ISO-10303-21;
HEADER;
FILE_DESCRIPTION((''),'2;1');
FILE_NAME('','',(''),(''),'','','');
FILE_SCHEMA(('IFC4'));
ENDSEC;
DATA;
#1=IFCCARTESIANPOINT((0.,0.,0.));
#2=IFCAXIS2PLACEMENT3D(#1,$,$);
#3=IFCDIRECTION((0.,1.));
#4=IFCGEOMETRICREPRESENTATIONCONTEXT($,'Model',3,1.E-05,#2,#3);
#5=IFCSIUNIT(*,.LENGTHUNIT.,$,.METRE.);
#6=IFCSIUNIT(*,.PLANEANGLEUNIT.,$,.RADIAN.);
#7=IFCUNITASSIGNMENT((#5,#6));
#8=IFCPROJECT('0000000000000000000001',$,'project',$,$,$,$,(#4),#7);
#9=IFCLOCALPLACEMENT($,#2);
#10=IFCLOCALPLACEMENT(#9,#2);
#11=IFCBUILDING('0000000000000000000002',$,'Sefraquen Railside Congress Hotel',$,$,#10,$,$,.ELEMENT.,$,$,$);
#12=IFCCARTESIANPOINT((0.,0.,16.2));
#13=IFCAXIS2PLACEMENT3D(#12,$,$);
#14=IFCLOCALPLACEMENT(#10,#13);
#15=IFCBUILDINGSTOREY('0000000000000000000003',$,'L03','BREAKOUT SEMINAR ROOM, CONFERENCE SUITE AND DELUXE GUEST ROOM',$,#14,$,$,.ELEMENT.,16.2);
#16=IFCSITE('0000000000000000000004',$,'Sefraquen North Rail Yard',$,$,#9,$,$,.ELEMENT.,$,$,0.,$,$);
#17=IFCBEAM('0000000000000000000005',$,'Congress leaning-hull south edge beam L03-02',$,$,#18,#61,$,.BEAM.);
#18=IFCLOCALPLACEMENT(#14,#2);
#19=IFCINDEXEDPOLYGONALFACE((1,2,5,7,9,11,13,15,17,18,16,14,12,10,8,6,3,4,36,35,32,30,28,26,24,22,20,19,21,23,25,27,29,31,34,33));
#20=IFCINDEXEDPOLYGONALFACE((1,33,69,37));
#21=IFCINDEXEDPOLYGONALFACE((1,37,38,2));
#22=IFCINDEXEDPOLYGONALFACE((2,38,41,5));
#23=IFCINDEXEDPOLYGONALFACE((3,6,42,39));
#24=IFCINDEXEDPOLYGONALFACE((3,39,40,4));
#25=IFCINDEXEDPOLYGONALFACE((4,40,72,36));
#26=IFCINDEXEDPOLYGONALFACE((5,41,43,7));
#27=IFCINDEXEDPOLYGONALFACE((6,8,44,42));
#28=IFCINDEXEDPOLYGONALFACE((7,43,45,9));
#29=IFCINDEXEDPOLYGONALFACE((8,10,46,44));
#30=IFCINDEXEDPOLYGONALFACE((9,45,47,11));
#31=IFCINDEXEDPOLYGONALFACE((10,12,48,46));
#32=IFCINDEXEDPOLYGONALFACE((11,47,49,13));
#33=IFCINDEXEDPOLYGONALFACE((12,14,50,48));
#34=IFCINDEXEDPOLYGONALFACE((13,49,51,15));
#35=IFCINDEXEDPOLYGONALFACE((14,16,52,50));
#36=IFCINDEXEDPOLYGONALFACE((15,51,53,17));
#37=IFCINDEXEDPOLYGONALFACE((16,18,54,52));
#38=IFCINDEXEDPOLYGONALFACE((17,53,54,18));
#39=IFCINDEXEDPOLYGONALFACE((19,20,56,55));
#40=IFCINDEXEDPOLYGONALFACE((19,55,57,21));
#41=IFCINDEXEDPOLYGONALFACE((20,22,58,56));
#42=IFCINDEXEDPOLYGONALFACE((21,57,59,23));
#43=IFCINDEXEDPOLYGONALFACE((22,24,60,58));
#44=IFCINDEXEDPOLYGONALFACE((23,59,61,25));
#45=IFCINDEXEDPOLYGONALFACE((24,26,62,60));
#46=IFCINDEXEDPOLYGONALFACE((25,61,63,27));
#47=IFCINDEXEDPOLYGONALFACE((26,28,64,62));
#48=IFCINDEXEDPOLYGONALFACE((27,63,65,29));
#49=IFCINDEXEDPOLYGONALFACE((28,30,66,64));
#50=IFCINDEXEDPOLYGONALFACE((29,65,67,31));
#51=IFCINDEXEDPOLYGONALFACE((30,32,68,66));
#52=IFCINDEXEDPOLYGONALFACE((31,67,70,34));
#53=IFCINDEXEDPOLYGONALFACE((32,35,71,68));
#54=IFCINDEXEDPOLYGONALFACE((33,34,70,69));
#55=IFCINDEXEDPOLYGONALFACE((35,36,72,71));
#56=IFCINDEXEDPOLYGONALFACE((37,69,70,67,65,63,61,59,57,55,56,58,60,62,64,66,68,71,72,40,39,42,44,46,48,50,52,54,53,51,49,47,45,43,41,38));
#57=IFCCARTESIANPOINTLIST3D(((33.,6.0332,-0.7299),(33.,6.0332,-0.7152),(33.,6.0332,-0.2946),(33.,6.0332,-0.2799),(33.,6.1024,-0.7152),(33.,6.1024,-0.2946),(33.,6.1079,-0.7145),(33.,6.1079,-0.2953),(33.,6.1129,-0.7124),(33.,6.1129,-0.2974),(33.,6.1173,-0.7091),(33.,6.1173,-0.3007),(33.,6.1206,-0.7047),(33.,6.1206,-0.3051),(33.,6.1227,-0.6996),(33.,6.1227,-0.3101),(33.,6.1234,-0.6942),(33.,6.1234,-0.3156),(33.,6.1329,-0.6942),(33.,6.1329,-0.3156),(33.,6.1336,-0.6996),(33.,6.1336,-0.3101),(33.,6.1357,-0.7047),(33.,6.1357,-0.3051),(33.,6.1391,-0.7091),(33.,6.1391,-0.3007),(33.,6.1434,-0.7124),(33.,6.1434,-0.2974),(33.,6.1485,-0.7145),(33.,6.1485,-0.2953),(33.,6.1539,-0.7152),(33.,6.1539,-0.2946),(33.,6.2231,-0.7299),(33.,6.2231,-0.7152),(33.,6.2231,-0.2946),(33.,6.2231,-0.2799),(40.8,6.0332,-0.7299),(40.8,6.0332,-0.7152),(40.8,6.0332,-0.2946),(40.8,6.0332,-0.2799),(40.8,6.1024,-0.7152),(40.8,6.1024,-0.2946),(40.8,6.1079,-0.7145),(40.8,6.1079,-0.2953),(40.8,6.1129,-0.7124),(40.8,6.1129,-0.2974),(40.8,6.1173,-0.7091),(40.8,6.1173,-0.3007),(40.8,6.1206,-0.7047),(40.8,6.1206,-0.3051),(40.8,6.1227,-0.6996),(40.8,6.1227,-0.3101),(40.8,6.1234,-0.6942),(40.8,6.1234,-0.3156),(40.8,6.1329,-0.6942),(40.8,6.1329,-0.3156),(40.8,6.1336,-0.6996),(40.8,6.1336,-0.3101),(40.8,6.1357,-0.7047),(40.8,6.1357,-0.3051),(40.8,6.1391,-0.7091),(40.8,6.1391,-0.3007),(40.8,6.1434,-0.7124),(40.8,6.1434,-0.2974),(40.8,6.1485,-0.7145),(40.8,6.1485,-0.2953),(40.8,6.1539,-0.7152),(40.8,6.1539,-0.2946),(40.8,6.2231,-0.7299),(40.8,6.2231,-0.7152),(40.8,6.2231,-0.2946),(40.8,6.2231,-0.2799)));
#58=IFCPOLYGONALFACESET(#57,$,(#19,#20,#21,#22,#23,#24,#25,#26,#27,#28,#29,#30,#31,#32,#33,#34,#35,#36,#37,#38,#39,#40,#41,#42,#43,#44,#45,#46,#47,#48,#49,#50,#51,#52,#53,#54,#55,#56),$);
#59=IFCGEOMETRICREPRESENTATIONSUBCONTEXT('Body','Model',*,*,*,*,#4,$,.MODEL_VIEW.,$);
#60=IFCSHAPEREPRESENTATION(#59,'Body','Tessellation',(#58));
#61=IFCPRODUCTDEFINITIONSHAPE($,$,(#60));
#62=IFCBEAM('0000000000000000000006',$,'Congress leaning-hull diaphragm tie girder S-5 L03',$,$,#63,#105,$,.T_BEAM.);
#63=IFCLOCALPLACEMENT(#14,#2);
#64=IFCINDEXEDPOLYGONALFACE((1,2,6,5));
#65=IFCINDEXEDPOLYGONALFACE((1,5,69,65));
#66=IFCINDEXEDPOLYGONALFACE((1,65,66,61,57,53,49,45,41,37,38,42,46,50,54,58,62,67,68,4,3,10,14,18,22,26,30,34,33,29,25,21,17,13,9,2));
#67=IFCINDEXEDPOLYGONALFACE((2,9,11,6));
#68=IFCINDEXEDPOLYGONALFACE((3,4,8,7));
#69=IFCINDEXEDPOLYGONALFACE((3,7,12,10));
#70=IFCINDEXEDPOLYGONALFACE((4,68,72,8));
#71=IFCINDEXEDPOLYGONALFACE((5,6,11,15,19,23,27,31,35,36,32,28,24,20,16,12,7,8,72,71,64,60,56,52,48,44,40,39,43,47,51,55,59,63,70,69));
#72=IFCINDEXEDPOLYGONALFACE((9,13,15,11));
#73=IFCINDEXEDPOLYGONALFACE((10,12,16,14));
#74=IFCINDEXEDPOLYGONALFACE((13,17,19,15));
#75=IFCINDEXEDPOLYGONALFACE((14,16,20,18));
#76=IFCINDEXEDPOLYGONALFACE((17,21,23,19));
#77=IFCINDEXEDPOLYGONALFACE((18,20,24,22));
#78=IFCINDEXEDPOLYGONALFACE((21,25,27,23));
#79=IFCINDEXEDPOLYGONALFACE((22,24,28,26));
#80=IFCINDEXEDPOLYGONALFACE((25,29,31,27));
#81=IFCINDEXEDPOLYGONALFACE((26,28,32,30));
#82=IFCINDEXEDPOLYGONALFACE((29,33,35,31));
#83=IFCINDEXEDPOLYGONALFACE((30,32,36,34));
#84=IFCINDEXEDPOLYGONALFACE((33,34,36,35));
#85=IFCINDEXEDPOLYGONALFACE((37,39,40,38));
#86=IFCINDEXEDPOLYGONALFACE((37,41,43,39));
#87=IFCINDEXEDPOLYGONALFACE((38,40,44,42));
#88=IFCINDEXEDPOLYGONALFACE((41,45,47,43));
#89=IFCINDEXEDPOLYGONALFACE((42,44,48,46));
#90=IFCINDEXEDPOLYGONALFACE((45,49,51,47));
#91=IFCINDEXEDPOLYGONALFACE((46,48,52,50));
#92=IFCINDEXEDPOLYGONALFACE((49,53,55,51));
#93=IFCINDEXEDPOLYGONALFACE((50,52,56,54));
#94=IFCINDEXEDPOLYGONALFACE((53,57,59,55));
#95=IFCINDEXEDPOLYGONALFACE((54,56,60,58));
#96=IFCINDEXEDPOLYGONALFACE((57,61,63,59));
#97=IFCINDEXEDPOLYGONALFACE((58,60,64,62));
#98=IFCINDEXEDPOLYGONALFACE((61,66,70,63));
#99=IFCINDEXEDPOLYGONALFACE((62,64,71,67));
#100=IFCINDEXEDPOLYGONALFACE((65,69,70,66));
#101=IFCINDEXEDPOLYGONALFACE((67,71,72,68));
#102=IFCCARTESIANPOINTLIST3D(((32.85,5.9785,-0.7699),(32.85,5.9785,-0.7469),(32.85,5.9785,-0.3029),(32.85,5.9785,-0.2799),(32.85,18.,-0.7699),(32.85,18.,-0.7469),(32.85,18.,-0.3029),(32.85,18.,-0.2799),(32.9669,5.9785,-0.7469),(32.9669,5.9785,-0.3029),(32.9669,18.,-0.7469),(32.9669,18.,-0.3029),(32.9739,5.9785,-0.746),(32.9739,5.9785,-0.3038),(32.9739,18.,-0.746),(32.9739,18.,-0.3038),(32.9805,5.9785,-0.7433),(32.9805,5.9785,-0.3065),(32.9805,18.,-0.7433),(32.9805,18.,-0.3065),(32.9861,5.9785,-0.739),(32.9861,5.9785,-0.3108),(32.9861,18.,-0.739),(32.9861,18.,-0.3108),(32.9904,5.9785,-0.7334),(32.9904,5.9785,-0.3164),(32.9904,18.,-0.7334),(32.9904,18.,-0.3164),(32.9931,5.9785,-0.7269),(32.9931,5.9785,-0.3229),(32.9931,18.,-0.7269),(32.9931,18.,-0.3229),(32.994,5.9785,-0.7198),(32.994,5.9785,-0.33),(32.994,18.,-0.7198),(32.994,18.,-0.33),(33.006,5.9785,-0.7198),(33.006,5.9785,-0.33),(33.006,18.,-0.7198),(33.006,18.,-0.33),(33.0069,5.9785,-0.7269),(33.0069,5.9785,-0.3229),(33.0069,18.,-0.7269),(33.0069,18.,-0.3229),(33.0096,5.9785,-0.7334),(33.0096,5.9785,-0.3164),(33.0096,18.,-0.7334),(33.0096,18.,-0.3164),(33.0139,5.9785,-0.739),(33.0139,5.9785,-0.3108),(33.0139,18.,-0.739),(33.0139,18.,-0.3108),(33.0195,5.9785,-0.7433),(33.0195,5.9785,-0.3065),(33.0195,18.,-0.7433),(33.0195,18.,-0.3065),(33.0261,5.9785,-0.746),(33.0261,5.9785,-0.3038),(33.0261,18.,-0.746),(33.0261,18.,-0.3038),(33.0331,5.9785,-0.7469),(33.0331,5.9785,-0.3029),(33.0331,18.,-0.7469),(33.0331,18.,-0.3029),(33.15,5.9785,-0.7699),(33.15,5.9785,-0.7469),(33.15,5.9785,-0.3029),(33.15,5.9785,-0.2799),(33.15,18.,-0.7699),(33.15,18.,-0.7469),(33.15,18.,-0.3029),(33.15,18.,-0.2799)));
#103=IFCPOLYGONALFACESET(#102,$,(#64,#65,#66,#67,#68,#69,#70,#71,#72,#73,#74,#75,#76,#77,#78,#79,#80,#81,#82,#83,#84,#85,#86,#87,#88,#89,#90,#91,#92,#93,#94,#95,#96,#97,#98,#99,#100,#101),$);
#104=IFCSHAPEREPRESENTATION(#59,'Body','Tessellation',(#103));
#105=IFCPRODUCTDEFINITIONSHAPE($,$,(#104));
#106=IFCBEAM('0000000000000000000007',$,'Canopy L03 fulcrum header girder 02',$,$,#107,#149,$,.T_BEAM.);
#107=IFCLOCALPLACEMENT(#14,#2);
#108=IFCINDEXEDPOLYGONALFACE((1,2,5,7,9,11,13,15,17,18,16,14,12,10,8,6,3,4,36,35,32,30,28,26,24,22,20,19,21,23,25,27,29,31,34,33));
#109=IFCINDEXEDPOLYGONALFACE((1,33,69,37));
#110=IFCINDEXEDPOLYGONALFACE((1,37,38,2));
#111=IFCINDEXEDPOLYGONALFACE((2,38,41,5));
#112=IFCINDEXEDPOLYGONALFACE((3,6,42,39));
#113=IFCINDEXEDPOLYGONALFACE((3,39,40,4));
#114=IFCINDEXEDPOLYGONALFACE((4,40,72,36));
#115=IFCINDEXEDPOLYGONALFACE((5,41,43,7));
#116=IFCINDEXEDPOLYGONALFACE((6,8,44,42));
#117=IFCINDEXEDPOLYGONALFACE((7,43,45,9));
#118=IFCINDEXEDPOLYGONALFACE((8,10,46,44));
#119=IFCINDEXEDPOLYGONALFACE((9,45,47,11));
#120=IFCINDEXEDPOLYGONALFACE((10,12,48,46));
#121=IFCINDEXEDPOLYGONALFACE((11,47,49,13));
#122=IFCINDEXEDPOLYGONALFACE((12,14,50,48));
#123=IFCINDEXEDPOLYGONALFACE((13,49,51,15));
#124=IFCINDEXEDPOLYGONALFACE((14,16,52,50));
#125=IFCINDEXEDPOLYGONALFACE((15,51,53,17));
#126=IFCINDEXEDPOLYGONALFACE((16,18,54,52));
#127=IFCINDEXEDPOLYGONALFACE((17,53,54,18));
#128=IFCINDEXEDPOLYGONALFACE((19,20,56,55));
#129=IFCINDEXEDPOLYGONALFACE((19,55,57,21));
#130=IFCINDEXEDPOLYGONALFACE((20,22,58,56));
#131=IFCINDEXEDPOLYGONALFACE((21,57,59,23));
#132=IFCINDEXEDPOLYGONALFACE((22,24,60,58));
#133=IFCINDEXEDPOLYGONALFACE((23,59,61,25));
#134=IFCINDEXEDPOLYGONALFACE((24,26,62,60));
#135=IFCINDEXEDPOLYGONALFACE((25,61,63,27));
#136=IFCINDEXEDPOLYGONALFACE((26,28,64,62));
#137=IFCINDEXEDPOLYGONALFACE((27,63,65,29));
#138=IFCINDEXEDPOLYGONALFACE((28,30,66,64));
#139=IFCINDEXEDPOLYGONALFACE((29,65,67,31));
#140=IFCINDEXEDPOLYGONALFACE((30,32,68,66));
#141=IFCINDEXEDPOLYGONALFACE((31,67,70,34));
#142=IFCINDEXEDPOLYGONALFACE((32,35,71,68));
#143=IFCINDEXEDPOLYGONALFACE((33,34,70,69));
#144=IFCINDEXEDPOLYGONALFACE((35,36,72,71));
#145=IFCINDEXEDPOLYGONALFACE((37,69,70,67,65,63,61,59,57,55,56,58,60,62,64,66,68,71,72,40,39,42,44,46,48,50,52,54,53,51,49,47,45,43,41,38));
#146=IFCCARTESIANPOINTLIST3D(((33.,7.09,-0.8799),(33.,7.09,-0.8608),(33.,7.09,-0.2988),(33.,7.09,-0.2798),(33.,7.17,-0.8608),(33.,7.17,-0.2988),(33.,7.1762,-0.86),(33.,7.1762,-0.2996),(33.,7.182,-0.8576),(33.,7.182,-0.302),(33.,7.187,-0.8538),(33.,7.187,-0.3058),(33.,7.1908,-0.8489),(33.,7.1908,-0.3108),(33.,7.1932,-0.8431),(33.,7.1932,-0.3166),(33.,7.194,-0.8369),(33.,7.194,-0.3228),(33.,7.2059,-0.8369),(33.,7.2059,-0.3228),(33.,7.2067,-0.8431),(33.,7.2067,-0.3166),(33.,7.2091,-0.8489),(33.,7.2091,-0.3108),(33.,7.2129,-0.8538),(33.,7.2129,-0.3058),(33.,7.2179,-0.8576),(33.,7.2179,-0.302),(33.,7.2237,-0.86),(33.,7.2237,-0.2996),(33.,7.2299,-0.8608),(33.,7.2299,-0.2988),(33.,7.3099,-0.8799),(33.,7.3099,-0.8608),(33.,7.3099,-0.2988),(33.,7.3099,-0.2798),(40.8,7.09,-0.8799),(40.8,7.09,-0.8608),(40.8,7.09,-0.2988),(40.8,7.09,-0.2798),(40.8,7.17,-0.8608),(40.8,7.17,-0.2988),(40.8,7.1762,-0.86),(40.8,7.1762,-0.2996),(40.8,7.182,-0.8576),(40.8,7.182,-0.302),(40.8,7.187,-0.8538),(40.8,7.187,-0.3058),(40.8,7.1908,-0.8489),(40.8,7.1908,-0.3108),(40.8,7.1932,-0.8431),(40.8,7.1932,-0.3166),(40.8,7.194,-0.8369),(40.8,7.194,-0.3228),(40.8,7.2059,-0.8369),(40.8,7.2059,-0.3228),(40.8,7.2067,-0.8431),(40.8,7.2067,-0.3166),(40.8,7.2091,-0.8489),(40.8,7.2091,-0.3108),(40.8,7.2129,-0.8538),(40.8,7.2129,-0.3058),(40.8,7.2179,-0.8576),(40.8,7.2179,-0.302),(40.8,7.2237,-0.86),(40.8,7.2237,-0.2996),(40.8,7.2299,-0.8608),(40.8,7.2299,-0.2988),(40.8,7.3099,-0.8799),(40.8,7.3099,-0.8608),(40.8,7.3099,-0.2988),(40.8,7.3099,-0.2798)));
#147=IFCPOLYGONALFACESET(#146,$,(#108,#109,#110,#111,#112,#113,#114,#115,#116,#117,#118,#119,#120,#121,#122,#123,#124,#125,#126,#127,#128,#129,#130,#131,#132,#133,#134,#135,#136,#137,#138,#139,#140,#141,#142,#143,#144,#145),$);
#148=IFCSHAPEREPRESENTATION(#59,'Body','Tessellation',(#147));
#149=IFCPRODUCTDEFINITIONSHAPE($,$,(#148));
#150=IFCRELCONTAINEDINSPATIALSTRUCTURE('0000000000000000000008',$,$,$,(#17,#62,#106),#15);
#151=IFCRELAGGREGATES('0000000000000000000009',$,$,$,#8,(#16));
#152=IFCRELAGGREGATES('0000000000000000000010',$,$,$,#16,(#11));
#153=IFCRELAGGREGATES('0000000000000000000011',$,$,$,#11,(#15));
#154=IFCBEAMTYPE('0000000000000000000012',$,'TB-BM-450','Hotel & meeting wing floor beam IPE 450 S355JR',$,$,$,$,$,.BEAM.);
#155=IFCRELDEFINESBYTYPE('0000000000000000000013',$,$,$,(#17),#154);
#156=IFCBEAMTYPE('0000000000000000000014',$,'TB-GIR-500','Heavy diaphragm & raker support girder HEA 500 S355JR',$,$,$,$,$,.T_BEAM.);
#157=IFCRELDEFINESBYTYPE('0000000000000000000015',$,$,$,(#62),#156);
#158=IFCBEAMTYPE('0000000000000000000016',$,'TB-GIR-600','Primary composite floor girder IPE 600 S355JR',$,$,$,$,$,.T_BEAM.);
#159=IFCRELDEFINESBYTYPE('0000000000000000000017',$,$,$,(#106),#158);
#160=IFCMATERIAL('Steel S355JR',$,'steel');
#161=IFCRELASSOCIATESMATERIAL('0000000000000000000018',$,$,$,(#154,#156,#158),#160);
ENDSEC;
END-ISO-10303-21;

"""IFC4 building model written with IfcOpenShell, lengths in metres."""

from ifc_helpers import new_model, si_unit, direction, frame, origin, origin_2d, place, context, subcontext, project, spatial, i_section, extrude, material, material_profile, profile_set, type_object, element, save


model = new_model("IFC4")

# Units and contexts
model_context = context("Model", 3, precision=1e-05, world=origin(), true_north=direction((0.0, 1.0)))
body_context = subcontext(model_context, "Body", "Model", "MODEL_VIEW")
ifc_project = project(units=[si_unit("LENGTHUNIT", "METRE"), si_unit("PLANEANGLEUNIT", "RADIAN")], contexts=[model_context])

# Site, building, storey
site_placement = place(None, origin())
site = spatial("IfcSite", under=ifc_project, at=site_placement, Name="Sefraquen North Rail Yard", CompositionType="ELEMENT", RefElevation=0.0)
building_placement = place(site_placement, origin())
building = spatial("IfcBuilding", under=site, at=building_placement, Name="Sefraquen Railside Congress Hotel", CompositionType="ELEMENT")
storey_placement = place(building_placement, frame((0.0, 0.0, 16.2)))
storey = spatial("IfcBuildingStorey", under=building, at=storey_placement, Name="L03", Description="BREAKOUT SEMINAR ROOM, CONFERENCE SUITE AND DELUXE GUEST ROOM", CompositionType="ELEMENT", Elevation=16.2)

# Beams
ifc_material_1 = material(Name="Steel S355JR", Category="steel")
ifc_material_profile_1 = material_profile(ifc_material_1, i_section(OverallWidth=0.1899, OverallDepth=0.45, WebThickness=0.0095, FlangeThickness=0.0146, FilletRadius=0.021, at=origin_2d()), Name="IPE 450")
ifc_profile_set_1 = profile_set([ifc_material_profile_1], Name="Steel S355JR")
beam_type_1 = type_object("IfcBeamType", Name="TB-BM-450", Description="Hotel & meeting wing floor beam IPE 450 S355JR", PredefinedType="BEAM", material=ifc_profile_set_1)
beam_1_placement = place(storey_placement, frame((33.0, 6.1282, -0.5049), z_axis=(1.0, 0.0, 0.0), x_axis=(0.0, 1.0, 0.0)))
element("IfcBeam", 1, at=beam_1_placement, inside=storey, type_object=beam_type_1, Name="Congress leaning-hull south edge beam L03-02", PredefinedType="BEAM", context=body_context, shape_type="SweptSolid", body=[
    extrude(i_section(OverallWidth=0.1899, OverallDepth=0.45, WebThickness=0.0095, FlangeThickness=0.0146, FilletRadius=0.021, at=origin_2d()), origin(), (0.0, 0.0, 1.0), 7.8),
])
ifc_material_profile_2 = material_profile(ifc_material_1, i_section(OverallWidth=0.3, OverallDepth=0.49, WebThickness=0.012, FlangeThickness=0.0229, FilletRadius=0.0271, at=origin_2d()), Name="HEA 500")
ifc_profile_set_2 = profile_set([ifc_material_profile_2], Name="Steel S355JR")
beam_type_2 = type_object("IfcBeamType", Name="TB-GIR-500", Description="Heavy diaphragm & raker support girder HEA 500 S355JR", PredefinedType="T_BEAM", material=ifc_profile_set_2)
beam_2_placement = place(storey_placement, frame((33.0, 5.9785, -0.5249), z_axis=(0.0, 1.0, 0.0), x_axis=(-1.0, 0.0, 0.0)))
element("IfcBeam", 2, at=beam_2_placement, inside=storey, type_object=beam_type_2, Name="Congress leaning-hull diaphragm tie girder S-5 L03", PredefinedType="T_BEAM", context=body_context, shape_type="SweptSolid", body=[
    extrude(i_section(OverallWidth=0.3, OverallDepth=0.49, WebThickness=0.012, FlangeThickness=0.0229, FilletRadius=0.0271, at=origin_2d()), origin(), (0.0, 0.0, 1.0), 12.0215),
])
ifc_material_profile_3 = material_profile(ifc_material_1, i_section(OverallWidth=0.22, OverallDepth=0.6001, WebThickness=0.012, FlangeThickness=0.019, FilletRadius=0.0239, at=origin_2d()), Name="IPE 600")
ifc_profile_set_3 = profile_set([ifc_material_profile_3], Name="Steel S355JR")
beam_type_3 = type_object("IfcBeamType", Name="TB-GIR-600", Description="Primary composite floor girder IPE 600 S355JR", PredefinedType="T_BEAM", material=ifc_profile_set_3)
beam_3_placement = place(storey_placement, frame((33.0, 7.2, -0.5798), z_axis=(1.0, 0.0, 0.0), x_axis=(0.0, 1.0, 0.0)))
element("IfcBeam", 3, at=beam_3_placement, inside=storey, type_object=beam_type_3, Name="Canopy L03 fulcrum header girder 02", PredefinedType="T_BEAM", context=body_context, shape_type="SweptSolid", body=[
    extrude(i_section(OverallWidth=0.22, OverallDepth=0.6001, WebThickness=0.012, FlangeThickness=0.019, FilletRadius=0.0239, at=origin_2d()), origin(), (0.0, 0.0, 1.0), 7.8),
])

save(model, "model.ifc")
